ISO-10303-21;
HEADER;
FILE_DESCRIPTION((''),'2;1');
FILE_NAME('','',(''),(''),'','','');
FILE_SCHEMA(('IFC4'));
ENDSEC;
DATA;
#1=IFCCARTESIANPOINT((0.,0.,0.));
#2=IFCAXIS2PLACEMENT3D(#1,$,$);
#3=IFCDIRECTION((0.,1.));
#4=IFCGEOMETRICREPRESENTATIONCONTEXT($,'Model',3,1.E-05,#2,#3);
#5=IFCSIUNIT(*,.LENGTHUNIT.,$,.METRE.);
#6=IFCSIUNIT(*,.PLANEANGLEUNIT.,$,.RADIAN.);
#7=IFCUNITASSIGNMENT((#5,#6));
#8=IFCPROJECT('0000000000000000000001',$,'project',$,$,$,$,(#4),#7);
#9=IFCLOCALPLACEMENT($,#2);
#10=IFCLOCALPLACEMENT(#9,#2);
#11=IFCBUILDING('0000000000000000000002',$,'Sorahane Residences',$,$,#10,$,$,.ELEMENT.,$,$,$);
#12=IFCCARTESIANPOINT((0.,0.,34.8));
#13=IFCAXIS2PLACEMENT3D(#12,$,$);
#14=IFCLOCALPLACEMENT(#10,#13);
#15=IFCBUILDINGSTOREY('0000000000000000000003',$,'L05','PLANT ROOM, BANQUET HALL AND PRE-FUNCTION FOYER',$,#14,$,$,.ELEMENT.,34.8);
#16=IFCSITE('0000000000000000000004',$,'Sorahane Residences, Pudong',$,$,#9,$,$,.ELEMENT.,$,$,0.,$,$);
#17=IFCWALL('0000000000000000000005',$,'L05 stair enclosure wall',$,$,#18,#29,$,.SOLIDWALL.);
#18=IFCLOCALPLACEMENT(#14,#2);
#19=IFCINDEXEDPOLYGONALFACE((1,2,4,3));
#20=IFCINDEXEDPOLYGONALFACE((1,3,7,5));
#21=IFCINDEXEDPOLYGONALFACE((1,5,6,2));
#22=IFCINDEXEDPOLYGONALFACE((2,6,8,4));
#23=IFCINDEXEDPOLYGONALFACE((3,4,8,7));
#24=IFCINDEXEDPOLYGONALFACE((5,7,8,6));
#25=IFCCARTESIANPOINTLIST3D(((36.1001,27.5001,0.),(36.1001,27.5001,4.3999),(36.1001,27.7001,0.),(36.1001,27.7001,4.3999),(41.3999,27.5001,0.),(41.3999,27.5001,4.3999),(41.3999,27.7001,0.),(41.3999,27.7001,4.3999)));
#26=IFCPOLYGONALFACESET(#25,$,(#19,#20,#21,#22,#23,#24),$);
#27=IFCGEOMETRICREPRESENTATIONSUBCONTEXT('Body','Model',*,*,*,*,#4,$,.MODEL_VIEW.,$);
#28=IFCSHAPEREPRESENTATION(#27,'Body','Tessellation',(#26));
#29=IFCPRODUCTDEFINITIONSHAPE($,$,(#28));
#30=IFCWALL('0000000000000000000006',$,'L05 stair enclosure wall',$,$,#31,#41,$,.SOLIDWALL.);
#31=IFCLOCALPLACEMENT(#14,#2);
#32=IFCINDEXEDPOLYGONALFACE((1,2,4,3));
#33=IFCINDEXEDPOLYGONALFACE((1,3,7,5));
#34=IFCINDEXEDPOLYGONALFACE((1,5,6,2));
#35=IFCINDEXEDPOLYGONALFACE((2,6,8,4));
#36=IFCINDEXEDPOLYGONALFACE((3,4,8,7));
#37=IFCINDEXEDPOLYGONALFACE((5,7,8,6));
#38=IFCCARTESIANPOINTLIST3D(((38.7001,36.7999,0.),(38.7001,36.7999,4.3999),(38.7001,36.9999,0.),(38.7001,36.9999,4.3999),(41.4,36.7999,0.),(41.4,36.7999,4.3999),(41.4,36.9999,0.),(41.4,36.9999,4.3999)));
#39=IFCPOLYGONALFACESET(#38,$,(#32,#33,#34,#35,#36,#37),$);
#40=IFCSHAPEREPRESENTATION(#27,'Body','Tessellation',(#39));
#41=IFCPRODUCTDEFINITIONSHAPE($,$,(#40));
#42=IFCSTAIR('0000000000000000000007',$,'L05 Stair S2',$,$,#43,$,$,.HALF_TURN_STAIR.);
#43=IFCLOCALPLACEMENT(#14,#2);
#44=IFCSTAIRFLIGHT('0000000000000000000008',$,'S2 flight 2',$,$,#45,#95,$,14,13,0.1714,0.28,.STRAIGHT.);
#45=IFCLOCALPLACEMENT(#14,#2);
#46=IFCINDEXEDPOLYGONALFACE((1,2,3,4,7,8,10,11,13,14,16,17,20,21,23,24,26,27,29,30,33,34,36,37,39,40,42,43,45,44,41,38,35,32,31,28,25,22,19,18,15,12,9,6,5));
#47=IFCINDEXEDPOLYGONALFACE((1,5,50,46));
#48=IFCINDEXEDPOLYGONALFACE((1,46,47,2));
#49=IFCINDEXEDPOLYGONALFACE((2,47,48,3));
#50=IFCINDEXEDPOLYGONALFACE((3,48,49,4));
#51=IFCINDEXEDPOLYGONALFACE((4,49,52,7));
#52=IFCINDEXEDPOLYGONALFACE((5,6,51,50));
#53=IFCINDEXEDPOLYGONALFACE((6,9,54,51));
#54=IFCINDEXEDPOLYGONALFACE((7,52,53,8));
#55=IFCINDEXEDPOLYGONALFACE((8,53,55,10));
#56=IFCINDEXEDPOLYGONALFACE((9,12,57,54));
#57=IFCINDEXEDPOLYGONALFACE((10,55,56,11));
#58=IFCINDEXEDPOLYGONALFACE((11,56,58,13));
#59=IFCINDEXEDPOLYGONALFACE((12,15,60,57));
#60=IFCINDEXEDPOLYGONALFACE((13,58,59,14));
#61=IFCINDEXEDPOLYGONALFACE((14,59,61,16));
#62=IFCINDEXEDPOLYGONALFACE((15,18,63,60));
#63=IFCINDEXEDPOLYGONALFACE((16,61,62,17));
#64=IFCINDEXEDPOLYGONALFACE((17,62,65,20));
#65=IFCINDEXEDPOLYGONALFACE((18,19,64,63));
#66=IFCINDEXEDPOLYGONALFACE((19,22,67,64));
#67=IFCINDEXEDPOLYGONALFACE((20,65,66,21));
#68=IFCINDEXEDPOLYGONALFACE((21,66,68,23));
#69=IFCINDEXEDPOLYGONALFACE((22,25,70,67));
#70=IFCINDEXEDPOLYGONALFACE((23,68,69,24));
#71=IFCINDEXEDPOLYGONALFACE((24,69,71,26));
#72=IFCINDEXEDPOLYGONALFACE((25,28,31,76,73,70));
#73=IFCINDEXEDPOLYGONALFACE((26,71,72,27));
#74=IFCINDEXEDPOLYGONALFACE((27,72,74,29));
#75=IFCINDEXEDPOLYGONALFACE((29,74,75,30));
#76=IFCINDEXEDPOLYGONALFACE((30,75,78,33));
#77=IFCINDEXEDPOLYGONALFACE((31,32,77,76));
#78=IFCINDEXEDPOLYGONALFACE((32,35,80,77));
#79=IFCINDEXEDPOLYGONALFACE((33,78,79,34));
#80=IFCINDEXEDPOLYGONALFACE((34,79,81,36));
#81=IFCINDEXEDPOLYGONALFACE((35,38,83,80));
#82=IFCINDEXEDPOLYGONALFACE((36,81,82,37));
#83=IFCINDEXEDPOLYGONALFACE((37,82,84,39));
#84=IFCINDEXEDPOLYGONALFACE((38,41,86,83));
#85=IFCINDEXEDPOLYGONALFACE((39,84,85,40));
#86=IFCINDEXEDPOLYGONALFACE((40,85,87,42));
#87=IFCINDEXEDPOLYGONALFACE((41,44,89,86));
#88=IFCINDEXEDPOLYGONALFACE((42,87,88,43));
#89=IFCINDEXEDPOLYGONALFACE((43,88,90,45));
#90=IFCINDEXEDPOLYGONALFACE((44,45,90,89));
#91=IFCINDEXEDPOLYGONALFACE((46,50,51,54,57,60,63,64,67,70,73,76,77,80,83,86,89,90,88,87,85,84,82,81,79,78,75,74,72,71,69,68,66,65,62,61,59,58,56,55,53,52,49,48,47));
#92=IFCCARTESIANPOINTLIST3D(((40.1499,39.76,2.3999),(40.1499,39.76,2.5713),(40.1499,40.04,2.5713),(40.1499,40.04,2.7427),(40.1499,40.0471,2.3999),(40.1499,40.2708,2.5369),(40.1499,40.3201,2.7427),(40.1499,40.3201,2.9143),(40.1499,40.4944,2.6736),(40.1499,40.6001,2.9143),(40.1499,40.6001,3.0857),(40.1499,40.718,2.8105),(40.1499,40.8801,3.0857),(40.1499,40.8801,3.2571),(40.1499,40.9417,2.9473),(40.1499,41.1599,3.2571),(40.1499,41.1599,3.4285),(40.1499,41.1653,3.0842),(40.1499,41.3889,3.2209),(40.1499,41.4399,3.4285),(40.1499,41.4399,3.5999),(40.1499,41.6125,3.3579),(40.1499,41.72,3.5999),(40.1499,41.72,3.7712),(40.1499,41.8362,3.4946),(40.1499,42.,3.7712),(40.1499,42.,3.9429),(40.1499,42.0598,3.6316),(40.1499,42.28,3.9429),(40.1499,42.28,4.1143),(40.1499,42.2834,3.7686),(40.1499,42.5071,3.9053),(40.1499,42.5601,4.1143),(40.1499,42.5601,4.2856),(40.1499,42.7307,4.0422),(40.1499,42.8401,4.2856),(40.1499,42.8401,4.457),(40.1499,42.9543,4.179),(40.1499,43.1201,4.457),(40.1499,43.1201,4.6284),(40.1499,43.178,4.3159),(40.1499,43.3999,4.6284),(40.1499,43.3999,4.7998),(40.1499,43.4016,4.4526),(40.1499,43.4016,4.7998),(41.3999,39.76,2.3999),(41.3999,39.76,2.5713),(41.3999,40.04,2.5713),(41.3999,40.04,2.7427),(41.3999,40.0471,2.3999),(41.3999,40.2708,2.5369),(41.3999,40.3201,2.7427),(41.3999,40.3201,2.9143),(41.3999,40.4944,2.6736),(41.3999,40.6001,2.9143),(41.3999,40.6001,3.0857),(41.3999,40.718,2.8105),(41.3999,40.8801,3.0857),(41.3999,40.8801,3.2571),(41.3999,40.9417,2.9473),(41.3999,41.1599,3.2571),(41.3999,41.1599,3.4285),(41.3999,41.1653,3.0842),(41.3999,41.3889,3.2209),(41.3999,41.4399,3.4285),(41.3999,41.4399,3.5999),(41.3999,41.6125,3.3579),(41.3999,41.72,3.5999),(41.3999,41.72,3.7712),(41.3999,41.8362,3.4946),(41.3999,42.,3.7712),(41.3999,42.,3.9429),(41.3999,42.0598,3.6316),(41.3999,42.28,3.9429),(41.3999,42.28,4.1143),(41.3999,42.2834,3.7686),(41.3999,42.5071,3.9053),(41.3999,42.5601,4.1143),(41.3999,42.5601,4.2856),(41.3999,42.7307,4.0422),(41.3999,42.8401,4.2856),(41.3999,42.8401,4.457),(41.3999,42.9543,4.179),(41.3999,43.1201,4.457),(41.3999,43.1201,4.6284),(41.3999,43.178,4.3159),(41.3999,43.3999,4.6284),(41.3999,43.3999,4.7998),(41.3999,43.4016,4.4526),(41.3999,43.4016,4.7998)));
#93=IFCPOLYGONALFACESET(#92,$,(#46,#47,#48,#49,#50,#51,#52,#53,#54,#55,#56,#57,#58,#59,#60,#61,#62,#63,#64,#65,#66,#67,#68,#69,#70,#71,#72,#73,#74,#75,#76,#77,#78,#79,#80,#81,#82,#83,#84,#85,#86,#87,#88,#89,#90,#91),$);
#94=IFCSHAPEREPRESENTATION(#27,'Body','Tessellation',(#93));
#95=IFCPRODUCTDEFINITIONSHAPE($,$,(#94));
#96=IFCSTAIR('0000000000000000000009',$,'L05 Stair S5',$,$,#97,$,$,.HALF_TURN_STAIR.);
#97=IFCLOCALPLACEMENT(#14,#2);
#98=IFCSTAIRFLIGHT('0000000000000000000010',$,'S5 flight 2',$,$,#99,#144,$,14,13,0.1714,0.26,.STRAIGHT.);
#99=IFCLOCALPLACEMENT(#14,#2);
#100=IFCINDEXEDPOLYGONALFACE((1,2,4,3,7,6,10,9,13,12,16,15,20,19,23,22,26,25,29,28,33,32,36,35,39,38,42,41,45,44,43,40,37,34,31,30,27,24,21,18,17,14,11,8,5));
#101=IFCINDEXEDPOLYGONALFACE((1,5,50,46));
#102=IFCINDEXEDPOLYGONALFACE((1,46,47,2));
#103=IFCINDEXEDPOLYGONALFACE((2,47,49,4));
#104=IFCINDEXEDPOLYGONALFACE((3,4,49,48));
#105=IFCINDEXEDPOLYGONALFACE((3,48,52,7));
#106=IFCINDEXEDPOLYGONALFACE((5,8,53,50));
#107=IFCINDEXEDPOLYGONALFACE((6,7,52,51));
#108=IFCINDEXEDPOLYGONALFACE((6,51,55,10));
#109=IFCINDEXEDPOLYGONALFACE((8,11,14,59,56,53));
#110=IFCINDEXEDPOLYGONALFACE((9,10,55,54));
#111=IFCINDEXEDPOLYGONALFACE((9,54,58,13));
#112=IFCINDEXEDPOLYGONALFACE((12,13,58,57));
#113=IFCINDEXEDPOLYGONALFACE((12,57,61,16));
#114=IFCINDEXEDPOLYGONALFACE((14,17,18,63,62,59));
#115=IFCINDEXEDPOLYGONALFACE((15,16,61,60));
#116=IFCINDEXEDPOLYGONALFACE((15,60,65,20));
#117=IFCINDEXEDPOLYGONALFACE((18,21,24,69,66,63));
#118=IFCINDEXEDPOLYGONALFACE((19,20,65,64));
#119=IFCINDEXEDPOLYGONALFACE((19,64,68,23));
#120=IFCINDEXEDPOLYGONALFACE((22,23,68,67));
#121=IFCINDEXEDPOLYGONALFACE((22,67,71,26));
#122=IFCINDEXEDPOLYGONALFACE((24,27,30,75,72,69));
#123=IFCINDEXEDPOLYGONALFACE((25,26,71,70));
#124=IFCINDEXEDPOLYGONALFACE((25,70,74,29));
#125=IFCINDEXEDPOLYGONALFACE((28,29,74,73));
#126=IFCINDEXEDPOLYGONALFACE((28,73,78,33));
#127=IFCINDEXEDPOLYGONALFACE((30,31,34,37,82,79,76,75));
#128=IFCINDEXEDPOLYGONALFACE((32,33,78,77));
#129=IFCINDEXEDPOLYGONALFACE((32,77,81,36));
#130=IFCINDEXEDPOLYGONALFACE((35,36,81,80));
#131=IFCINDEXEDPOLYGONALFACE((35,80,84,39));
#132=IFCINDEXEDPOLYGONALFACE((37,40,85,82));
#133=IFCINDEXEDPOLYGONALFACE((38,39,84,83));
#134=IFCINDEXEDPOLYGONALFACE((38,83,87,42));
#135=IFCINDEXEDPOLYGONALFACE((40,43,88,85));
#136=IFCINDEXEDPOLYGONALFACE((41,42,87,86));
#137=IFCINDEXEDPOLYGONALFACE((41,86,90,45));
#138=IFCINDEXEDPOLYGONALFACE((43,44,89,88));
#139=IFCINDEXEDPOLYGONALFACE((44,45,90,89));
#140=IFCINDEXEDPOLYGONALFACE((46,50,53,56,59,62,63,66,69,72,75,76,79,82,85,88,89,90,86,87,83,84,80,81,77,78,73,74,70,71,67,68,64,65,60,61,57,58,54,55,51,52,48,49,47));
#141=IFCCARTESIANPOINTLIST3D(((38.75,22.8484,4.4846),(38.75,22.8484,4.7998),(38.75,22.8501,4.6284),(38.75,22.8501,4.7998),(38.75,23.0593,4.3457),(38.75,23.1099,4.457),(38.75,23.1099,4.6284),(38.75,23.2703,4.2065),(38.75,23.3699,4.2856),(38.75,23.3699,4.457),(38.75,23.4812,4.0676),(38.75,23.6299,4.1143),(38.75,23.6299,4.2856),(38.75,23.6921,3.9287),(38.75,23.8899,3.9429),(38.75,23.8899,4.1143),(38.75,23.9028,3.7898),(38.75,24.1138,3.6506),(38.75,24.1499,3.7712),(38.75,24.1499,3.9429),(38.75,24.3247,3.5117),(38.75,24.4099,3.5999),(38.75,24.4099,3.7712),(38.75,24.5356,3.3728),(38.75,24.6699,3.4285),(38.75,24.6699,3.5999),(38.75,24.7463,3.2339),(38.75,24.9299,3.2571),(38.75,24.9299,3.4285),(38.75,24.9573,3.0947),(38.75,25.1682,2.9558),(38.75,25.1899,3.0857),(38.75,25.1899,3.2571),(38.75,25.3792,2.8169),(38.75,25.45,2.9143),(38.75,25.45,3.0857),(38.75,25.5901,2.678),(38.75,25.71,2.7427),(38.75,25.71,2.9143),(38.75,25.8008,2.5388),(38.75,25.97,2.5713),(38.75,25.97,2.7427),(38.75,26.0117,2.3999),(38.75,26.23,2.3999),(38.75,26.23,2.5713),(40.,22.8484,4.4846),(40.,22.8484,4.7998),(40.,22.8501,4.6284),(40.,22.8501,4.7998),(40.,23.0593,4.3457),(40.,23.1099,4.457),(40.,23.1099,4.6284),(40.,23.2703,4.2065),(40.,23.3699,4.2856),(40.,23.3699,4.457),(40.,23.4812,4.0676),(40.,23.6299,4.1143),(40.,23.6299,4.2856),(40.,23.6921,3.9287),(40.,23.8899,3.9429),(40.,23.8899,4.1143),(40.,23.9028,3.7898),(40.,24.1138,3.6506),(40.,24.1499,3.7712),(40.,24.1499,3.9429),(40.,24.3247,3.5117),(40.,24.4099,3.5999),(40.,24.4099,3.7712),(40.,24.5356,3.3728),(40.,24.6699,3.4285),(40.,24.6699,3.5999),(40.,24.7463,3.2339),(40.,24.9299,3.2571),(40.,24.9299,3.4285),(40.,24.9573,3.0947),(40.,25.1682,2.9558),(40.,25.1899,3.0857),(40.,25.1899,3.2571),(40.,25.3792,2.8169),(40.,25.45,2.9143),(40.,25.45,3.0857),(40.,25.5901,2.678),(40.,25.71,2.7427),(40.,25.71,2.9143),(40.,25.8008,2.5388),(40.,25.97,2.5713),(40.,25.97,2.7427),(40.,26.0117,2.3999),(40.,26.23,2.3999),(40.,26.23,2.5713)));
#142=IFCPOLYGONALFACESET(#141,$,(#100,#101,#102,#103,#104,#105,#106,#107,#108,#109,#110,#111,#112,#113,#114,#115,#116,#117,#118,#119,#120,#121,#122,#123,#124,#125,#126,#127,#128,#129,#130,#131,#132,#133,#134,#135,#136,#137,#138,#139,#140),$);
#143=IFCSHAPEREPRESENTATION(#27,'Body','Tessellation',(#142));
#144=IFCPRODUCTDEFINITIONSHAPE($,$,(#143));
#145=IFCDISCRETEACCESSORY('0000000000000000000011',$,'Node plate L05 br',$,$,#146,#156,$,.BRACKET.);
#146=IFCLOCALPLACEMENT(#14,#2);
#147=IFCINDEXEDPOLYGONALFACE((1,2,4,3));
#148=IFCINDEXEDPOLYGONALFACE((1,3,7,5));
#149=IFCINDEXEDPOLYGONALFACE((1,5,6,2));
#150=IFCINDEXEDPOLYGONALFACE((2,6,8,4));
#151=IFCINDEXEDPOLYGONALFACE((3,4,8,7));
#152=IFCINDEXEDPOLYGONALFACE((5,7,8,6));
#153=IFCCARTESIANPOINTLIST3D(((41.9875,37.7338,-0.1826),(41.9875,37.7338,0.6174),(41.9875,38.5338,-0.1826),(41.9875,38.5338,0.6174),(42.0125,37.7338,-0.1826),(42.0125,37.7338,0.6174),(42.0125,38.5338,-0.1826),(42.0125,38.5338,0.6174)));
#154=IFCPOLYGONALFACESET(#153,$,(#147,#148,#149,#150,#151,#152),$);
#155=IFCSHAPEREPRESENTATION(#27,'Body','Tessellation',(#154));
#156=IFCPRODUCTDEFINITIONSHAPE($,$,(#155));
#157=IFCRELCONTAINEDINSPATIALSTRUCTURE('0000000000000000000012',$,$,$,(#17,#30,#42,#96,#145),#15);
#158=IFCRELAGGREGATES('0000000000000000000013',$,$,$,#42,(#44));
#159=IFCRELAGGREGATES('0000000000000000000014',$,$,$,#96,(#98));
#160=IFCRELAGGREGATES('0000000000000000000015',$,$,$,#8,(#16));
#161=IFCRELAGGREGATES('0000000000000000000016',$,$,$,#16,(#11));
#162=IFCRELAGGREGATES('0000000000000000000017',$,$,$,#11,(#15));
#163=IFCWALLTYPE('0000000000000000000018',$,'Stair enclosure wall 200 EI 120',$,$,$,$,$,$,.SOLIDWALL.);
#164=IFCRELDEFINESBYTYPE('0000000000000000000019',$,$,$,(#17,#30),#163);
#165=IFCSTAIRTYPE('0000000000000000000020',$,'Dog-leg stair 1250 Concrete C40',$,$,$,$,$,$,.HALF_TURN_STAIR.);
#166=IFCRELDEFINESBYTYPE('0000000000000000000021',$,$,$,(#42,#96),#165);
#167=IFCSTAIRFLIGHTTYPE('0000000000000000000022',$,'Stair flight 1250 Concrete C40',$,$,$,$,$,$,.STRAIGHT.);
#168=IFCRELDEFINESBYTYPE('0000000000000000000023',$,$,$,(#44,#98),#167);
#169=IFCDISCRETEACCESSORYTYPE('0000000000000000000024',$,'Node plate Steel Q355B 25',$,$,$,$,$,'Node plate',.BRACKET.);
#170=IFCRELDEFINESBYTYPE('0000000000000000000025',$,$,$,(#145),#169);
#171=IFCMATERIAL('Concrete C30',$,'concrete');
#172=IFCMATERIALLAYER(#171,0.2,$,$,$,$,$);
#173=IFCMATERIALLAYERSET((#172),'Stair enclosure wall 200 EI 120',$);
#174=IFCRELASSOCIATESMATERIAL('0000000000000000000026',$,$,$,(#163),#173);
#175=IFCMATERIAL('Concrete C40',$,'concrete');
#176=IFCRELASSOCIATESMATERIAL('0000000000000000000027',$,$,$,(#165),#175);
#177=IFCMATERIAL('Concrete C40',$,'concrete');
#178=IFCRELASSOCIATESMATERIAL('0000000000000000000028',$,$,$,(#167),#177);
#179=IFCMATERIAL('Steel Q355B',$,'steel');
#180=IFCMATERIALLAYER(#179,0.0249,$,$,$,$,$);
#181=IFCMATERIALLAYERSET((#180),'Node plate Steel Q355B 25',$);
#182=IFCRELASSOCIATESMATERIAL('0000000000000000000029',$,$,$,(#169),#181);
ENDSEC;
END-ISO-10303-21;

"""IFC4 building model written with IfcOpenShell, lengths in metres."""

from ifc_helpers import new_model, si_unit, direction, frame, frame_2d, origin, origin_2d, place, context, subcontext, project, spatial, polyline, rectangle, outline, extrude, material, layer, layer_set, type_object, element, aggregate, save


model = new_model("IFC4")

# Units and contexts
model_context = context("Model", 3, precision=1e-05, world=origin(), true_north=direction((0.0, 1.0)))
body_context = subcontext(model_context, "Body", "Model", "MODEL_VIEW")
ifc_project = project(units=[si_unit("LENGTHUNIT", "METRE"), si_unit("PLANEANGLEUNIT", "RADIAN")], contexts=[model_context])

# Site, building, storey
site_placement = place(None, origin())
site = spatial("IfcSite", under=ifc_project, at=site_placement, Name="Sorahane Residences, Pudong", CompositionType="ELEMENT", RefElevation=0.0)
building_placement = place(site_placement, origin())
building = spatial("IfcBuilding", under=site, at=building_placement, Name="Sorahane Residences", CompositionType="ELEMENT")
storey_placement = place(building_placement, frame((0.0, 0.0, 34.8)))
storey = spatial("IfcBuildingStorey", under=building, at=storey_placement, Name="L05", Description="PLANT ROOM, BANQUET HALL AND PRE-FUNCTION FOYER", CompositionType="ELEMENT", Elevation=34.8)

# Walls
ifc_material_1 = material(Name="Concrete C30", Category="concrete")
ifc_layer_1 = layer(ifc_material_1, 0.2)
ifc_layer_set_1 = layer_set([ifc_layer_1], Name="Stair enclosure wall 200 EI 120")
wall_type_1 = type_object("IfcWallType", Name="Stair enclosure wall 200 EI 120", PredefinedType="SOLIDWALL", material=ifc_layer_set_1)
wall_1_placement = place(storey_placement, frame((36.1001, 27.6001, 0.0), z_axis=(0.0, 0.0, 1.0), x_axis=(1.0, 0.0, 0.0)))
element("IfcWall", 1, at=wall_1_placement, inside=storey, type_object=wall_type_1, Name="L05 stair enclosure wall", PredefinedType="SOLIDWALL", context=body_context, shape_type="SweptSolid", body=[
    extrude(rectangle(XDim=5.2998, YDim=0.2, at=frame_2d((2.6499, 0.0))), origin(), (0.0, 0.0, 1.0), 4.3999),
])
wall_2_placement = place(storey_placement, frame((38.7, 36.8999, 0.0), z_axis=(0.0, 0.0, 1.0), x_axis=(1.0, 0.0, 0.0)))
element("IfcWall", 2, at=wall_2_placement, inside=storey, type_object=wall_type_1, Name="L05 stair enclosure wall", PredefinedType="SOLIDWALL", context=body_context, shape_type="SweptSolid", body=[
    extrude(rectangle(XDim=2.7, YDim=0.2, at=frame_2d((1.3501, 0.0))), origin(), (0.0, 0.0, 1.0), 4.3999),
])

# Stairs, stair flights
ifc_material_2 = material(Name="Concrete C40", Category="concrete")
stair_type = type_object("IfcStairType", Name="Dog-leg stair 1250 Concrete C40", PredefinedType="HALF_TURN_STAIR", material=ifc_material_2)
stair_1_placement = place(storey_placement, origin())
stair_1 = element("IfcStair", 3, at=stair_1_placement, inside=storey, type_object=stair_type, Name="L05 Stair S2", PredefinedType="HALF_TURN_STAIR")
ifc_material_3 = material(Name="Concrete C40", Category="concrete")
stair_flight_type = type_object("IfcStairFlightType", Name="Stair flight 1250 Concrete C40", PredefinedType="STRAIGHT", material=ifc_material_3)
stair_flight_1_placement = place(storey_placement, frame((40.7749, 39.76, 2.3999), z_axis=(0.0, 0.0, 1.0), x_axis=(0.0, 1.0, 0.0)))
stair_flight_1 = element("IfcStairFlight", 4, at=stair_flight_1_placement, type_object=stair_flight_type, Name="S2 flight 2", NumberOfRisers=14, NumberOfTreads=13, PredefinedType="STRAIGHT", RiserHeight=0.1714, TreadLength=0.28, context=body_context, shape_type="SweptSolid", body=[
    extrude(outline(polyline([(0.0, 0.0), (0.0, 0.1714), (0.28, 0.1714), (0.28, 0.3428), (0.5601, 0.3428), (0.5601, 0.5144), (0.8401, 0.5144), (0.8401, 0.6858), (1.1201, 0.6858), (1.1201, 0.8572), (1.3999, 0.8572), (1.3999, 1.0286), (1.6799, 1.0286), (1.6799, 1.2), (1.96, 1.2), (1.96, 1.3713), (2.24, 1.3713), (2.24, 1.543), (2.52, 1.543), (2.52, 1.7144), (2.8, 1.7144), (2.8, 1.8857), (3.0801, 1.8857), (3.0801, 2.0571), (3.3601, 2.0571), (3.3601, 2.2285), (3.6399, 2.2285), (3.6399, 2.3999), (3.6416, 2.3999), (3.6416, 2.0527), (3.418, 1.916), (3.1943, 1.7791), (2.9707, 1.6423), (2.7471, 1.5054), (2.5234, 1.3687), (2.2998, 1.2317), (2.0762, 1.0947), (1.8525, 0.958), (1.6289, 0.821), (1.4053, 0.6843), (1.1816, 0.5474), (0.958, 0.4106), (0.7344, 0.2737), (0.5107, 0.137), (0.2871, 0.0), (0.0, 0.0)])), frame((0.0, 0.625, 0.0), z_axis=(0.0, -1.0, 0.0), x_axis=(1.0, 0.0, 0.0)), (0.0, 0.0, 1.0), 1.25),
])
aggregate(stair_1, [stair_flight_1])
stair_2_placement = place(storey_placement, origin())
stair_2 = element("IfcStair", 5, at=stair_2_placement, inside=storey, type_object=stair_type, Name="L05 Stair S5", PredefinedType="HALF_TURN_STAIR")
stair_flight_2_placement = place(storey_placement, frame((39.375, 26.23, 2.3999), z_axis=(0.0, 0.0, 1.0), x_axis=(0.0, -1.0, 0.0)))
stair_flight_2 = element("IfcStairFlight", 6, at=stair_flight_2_placement, type_object=stair_flight_type, Name="S5 flight 2", NumberOfRisers=14, NumberOfTreads=13, PredefinedType="STRAIGHT", RiserHeight=0.1714, TreadLength=0.26, context=body_context, shape_type="SweptSolid", body=[
    extrude(outline(polyline([(0.0, 0.0), (0.0, 0.1714), (0.26, 0.1714), (0.26, 0.3428), (0.52, 0.3428), (0.52, 0.5144), (0.78, 0.5144), (0.78, 0.6858), (1.04, 0.6858), (1.04, 0.8572), (1.3, 0.8572), (1.3, 1.0286), (1.5601, 1.0286), (1.5601, 1.2), (1.8201, 1.2), (1.8201, 1.3713), (2.0801, 1.3713), (2.0801, 1.543), (2.3401, 1.543), (2.3401, 1.7144), (2.6001, 1.7144), (2.6001, 1.8857), (2.8601, 1.8857), (2.8601, 2.0571), (3.1201, 2.0571), (3.1201, 2.2285), (3.3799, 2.2285), (3.3799, 2.3999), (3.3816, 2.3999), (3.3816, 2.0847), (3.1707, 1.9458), (2.9597, 1.8066), (2.7488, 1.6677), (2.5378, 1.5288), (2.3271, 1.3899), (2.1162, 1.2507), (1.9053, 1.1118), (1.6943, 0.9729), (1.4836, 0.834), (1.2727, 0.6948), (1.0618, 0.5559), (0.8508, 0.417), (0.6399, 0.2781), (0.4292, 0.1389), (0.2183, 0.0), (0.0, 0.0)])), frame((0.0, 0.625, 0.0), z_axis=(0.0, -1.0, 0.0), x_axis=(1.0, 0.0, 0.0)), (0.0, 0.0, 1.0), 1.25),
])
aggregate(stair_2, [stair_flight_2])

# Discrete accessory
ifc_material_4 = material(Name="Steel Q355B", Category="steel")
ifc_layer_2 = layer(ifc_material_4, 0.0249)
ifc_layer_set_2 = layer_set([ifc_layer_2], Name="Node plate Steel Q355B 25")
discrete_accessory_type = type_object("IfcDiscreteAccessoryType", Name="Node plate Steel Q355B 25", ElementType="Node plate", PredefinedType="BRACKET", material=ifc_layer_set_2)
discrete_accessory_placement = place(storey_placement, frame((42.0, 38.1338, -0.1826), z_axis=(0.0, 0.0, 1.0), x_axis=(0.0, 1.0, 0.0)))
element("IfcDiscreteAccessory", 7, at=discrete_accessory_placement, inside=storey, type_object=discrete_accessory_type, Name="Node plate L05 br", PredefinedType="BRACKET", context=body_context, shape_type="SweptSolid", body=[
    extrude(rectangle(XDim=0.8, YDim=0.0249, at=origin_2d()), origin(), (0.0, 0.0, 1.0), 0.8),
])

save(model, "model.ifc")
